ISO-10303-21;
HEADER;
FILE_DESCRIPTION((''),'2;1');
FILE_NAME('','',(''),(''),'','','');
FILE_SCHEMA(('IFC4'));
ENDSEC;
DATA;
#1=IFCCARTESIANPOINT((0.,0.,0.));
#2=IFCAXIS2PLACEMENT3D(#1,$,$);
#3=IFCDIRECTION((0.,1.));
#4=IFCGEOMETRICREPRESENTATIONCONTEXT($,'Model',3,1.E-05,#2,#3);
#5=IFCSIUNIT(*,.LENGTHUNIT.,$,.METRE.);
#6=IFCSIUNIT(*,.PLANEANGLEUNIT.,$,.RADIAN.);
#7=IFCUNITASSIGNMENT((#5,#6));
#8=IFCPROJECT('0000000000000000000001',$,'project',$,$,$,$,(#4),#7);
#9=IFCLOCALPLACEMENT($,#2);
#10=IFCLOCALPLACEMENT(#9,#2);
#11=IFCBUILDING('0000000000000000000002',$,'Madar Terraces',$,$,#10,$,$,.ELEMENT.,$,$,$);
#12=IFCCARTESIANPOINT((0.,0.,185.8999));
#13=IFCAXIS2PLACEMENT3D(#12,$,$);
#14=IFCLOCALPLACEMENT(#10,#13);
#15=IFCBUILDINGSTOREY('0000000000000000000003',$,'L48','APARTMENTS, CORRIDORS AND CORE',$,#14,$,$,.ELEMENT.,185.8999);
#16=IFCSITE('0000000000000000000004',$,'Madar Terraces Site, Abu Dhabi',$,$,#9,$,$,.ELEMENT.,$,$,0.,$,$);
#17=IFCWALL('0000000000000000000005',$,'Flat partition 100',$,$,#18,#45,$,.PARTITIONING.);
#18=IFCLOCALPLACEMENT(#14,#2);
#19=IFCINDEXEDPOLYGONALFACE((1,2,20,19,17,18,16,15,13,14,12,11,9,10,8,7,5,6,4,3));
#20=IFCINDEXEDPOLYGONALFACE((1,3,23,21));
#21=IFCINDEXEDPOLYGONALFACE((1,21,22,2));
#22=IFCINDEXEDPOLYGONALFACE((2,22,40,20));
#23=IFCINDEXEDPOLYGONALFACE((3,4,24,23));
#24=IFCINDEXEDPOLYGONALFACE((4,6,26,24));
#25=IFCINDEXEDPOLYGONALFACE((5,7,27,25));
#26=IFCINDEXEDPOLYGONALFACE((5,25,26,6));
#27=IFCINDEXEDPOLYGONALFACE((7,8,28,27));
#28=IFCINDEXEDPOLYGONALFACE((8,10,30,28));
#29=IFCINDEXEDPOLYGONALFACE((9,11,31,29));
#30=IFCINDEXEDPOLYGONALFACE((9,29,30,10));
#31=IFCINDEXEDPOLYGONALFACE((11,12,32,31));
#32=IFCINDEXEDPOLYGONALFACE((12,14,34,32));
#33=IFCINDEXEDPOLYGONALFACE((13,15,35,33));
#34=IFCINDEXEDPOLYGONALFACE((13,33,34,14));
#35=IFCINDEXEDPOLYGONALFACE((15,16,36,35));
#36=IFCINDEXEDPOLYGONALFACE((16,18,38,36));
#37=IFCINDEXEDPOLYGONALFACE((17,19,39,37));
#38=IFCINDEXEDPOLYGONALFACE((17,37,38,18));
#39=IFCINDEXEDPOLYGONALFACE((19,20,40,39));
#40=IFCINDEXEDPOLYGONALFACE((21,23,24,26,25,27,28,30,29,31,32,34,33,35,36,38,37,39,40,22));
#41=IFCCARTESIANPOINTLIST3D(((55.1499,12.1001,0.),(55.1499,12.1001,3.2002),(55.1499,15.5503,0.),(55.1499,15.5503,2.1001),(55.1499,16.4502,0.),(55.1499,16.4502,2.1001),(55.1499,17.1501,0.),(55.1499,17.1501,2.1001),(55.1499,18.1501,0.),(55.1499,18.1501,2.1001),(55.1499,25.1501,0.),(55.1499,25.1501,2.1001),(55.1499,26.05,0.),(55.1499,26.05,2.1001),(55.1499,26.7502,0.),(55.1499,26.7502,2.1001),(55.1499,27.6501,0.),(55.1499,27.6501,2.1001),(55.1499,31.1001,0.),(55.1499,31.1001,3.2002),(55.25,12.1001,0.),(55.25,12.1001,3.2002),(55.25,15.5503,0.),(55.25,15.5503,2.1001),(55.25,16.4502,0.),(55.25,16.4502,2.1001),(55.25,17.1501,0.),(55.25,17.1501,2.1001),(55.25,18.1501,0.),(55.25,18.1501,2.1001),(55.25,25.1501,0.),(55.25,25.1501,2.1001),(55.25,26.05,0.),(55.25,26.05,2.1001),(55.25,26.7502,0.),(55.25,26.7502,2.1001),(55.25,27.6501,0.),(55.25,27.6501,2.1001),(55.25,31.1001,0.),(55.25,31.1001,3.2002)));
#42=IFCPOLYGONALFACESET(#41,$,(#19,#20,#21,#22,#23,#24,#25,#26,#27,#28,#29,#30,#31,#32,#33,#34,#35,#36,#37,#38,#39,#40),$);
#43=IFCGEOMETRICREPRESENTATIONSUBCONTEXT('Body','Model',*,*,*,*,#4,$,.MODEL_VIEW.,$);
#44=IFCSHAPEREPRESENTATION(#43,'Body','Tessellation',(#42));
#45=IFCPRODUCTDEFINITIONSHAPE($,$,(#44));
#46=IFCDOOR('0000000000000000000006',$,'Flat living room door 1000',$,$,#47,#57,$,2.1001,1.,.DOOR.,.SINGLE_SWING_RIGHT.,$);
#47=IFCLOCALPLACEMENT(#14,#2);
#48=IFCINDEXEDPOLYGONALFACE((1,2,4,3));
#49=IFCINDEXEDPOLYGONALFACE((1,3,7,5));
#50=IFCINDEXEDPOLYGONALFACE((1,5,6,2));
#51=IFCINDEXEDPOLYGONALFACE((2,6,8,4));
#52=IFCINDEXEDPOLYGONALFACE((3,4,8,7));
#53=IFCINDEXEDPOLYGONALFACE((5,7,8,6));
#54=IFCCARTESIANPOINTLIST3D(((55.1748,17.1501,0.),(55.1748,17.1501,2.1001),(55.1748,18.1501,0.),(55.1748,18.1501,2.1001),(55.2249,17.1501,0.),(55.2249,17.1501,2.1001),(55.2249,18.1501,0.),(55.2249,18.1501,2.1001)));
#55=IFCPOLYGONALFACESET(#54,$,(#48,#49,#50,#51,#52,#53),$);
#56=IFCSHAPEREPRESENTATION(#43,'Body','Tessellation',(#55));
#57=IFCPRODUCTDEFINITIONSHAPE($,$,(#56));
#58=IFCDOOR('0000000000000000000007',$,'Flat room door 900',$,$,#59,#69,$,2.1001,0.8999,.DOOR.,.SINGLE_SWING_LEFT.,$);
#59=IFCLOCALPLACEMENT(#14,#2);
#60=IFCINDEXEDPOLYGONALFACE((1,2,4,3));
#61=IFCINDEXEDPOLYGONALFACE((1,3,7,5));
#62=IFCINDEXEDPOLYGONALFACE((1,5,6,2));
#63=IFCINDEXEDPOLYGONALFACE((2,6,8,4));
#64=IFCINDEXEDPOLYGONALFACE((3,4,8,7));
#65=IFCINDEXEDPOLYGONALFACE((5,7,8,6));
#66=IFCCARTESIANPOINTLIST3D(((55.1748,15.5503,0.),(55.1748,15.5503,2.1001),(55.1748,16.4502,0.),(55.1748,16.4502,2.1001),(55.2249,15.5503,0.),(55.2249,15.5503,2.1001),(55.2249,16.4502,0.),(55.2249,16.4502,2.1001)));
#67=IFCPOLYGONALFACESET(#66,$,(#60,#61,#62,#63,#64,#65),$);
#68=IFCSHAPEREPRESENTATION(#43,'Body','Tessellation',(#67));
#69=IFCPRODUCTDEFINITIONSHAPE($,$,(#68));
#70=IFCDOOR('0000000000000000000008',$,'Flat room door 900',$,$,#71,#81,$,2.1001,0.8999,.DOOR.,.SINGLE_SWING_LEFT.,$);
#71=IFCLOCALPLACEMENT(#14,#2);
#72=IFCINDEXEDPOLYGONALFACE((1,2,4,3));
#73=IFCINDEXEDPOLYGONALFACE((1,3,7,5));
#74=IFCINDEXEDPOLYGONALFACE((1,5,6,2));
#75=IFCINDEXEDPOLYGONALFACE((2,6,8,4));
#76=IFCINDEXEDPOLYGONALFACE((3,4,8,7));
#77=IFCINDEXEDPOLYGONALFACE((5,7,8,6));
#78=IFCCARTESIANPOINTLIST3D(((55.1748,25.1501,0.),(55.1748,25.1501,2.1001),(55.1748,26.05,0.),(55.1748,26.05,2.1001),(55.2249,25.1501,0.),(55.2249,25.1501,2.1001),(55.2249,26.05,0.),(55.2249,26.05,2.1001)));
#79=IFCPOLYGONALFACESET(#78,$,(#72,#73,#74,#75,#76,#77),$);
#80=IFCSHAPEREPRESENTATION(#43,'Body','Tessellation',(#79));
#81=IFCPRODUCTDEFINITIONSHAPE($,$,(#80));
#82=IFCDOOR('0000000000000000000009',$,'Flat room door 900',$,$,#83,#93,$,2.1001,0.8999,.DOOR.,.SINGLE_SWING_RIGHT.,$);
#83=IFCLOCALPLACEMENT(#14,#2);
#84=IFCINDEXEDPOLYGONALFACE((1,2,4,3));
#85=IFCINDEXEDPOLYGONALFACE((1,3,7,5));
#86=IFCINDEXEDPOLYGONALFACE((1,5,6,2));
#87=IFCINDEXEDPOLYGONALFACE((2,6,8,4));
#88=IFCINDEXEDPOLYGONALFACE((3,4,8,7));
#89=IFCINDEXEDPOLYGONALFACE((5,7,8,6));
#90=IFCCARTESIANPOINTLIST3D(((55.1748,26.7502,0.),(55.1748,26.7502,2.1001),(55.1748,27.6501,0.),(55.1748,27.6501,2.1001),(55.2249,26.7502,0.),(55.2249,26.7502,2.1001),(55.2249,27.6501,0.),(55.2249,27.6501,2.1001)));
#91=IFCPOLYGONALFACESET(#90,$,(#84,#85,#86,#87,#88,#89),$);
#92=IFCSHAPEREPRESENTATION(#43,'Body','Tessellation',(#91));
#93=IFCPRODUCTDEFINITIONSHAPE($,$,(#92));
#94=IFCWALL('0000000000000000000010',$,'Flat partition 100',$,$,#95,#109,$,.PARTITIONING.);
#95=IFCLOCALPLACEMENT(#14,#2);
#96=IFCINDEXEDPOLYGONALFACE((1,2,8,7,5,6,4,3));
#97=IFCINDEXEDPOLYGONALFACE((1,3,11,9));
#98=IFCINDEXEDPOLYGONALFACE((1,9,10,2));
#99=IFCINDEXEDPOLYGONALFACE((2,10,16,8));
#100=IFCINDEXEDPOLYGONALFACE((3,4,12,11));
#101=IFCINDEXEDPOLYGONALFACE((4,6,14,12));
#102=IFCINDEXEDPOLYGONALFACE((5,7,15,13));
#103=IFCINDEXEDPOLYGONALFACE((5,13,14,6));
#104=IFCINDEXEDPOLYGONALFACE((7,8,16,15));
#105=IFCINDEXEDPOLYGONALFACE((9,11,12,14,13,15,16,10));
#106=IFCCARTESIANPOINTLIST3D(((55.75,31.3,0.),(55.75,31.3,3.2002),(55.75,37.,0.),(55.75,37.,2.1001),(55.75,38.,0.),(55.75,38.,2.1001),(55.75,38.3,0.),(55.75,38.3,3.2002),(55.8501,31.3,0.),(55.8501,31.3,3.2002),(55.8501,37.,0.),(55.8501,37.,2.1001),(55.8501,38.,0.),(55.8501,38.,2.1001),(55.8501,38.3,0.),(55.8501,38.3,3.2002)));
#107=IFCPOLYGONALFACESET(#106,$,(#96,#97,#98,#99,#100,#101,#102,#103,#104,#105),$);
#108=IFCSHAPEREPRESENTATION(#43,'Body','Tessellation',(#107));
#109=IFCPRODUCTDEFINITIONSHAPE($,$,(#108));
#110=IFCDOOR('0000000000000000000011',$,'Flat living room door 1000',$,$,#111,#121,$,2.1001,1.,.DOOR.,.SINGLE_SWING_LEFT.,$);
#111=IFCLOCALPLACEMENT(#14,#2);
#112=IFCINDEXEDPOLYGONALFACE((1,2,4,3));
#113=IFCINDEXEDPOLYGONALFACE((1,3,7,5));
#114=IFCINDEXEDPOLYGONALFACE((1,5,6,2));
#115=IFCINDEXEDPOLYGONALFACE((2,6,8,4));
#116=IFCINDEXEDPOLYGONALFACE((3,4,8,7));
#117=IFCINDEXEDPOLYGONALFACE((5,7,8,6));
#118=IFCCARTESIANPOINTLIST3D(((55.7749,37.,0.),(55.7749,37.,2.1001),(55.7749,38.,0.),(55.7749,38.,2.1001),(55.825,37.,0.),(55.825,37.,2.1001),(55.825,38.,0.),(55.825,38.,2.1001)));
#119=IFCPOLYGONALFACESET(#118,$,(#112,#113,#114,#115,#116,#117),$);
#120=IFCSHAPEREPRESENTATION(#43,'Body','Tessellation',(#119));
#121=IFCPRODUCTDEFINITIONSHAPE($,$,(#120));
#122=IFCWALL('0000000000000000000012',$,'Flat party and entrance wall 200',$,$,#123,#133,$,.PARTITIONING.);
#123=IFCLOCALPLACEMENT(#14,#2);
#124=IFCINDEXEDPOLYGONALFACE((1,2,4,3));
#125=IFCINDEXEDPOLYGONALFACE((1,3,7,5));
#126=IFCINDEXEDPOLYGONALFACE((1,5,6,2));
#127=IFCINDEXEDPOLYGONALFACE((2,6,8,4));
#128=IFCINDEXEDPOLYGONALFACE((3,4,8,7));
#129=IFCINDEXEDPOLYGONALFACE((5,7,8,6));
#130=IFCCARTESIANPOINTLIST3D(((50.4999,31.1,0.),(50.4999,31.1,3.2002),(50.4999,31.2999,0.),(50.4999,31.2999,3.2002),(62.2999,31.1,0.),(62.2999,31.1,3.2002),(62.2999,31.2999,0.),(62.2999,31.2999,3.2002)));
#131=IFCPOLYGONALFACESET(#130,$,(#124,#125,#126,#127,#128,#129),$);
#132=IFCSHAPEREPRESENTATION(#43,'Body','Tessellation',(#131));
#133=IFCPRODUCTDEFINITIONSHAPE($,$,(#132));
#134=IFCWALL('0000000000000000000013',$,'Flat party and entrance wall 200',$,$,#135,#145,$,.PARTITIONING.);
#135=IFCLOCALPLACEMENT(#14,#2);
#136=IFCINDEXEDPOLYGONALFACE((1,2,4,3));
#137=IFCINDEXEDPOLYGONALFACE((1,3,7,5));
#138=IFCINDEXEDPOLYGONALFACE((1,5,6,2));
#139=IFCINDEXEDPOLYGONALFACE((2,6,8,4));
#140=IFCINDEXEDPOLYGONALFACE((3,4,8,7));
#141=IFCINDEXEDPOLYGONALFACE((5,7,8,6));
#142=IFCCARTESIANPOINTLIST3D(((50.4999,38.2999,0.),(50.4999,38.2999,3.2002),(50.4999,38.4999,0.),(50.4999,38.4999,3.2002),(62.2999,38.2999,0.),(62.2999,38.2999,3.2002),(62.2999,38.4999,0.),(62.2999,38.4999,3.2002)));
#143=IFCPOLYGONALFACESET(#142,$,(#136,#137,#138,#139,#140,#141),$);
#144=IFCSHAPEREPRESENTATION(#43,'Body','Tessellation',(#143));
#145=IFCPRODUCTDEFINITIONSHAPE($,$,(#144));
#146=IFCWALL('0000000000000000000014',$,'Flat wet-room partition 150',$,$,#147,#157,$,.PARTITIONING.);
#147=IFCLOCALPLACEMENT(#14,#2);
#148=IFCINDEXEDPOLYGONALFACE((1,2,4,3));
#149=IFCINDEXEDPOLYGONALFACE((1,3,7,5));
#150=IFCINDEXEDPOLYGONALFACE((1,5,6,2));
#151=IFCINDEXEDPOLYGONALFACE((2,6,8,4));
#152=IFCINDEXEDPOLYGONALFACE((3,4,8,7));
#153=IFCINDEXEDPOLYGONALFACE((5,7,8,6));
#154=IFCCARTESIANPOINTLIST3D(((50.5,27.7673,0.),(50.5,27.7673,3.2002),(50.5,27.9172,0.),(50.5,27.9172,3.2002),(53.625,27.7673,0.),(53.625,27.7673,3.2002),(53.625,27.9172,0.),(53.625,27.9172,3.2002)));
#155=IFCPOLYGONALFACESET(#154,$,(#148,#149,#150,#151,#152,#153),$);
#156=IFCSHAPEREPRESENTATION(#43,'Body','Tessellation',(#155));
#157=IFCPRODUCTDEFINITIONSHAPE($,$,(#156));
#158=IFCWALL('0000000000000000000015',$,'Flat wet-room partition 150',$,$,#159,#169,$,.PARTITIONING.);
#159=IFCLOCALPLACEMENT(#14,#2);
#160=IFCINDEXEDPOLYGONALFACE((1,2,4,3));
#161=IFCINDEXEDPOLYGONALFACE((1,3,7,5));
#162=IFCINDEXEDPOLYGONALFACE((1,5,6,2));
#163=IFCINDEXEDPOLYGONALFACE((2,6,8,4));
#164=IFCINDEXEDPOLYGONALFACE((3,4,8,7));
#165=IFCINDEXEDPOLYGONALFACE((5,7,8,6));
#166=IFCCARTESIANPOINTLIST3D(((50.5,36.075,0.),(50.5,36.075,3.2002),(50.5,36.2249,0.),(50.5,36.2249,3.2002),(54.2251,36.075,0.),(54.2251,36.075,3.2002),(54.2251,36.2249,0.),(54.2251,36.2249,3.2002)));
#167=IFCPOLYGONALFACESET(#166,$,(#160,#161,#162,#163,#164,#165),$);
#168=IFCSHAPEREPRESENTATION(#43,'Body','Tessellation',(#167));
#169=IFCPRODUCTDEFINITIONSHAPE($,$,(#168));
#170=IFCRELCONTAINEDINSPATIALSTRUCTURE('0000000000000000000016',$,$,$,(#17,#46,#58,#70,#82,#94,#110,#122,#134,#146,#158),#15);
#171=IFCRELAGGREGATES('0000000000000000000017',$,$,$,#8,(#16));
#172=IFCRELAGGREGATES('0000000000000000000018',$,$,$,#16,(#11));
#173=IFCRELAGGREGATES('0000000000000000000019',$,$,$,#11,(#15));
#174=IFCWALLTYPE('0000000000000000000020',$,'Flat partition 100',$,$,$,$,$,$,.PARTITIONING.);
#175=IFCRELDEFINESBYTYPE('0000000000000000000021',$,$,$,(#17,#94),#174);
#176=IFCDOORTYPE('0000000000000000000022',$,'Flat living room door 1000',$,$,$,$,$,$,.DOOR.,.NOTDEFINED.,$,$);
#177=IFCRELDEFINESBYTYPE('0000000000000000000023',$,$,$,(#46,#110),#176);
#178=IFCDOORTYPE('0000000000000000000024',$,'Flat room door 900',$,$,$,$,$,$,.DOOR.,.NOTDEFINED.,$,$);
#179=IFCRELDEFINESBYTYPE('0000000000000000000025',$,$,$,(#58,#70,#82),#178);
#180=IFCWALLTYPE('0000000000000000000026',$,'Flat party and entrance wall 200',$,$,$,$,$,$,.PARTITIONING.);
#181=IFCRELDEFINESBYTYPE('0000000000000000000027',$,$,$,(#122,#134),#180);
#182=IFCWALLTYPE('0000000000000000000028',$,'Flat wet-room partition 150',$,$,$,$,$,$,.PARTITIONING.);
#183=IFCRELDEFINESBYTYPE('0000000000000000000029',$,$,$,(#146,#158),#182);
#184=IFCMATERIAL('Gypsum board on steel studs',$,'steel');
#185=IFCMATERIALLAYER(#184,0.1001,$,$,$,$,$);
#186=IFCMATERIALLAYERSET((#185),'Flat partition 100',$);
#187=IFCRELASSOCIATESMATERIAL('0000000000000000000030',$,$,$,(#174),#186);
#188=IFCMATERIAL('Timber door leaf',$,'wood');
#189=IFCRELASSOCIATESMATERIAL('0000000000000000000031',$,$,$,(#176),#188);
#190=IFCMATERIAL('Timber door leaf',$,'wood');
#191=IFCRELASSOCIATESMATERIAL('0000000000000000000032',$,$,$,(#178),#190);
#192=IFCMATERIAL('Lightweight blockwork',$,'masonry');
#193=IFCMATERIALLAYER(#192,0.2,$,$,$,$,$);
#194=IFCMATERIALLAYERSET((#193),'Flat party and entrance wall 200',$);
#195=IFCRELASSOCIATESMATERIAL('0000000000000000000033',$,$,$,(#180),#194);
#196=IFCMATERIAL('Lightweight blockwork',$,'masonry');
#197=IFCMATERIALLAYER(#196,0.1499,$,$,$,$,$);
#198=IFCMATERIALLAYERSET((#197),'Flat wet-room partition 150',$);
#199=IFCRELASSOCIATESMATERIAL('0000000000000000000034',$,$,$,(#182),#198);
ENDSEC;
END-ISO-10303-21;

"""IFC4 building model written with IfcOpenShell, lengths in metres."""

from ifc_helpers import new_model, si_unit, direction, frame, frame_2d, origin, place, context, subcontext, project, spatial, rectangle, extrude, material, layer, layer_set, type_object, element, fill, save


model = new_model("IFC4")

# Units and contexts
model_context = context("Model", 3, precision=1e-05, world=origin(), true_north=direction((0.0, 1.0)))
body_context = subcontext(model_context, "Body", "Model", "MODEL_VIEW")
ifc_project = project(units=[si_unit("LENGTHUNIT", "METRE"), si_unit("PLANEANGLEUNIT", "RADIAN")], contexts=[model_context])

# Site, building, storey
site_placement = place(None, origin())
site = spatial("IfcSite", under=ifc_project, at=site_placement, Name="Madar Terraces Site, Abu Dhabi", CompositionType="ELEMENT", RefElevation=0.0)
building_placement = place(site_placement, origin())
building = spatial("IfcBuilding", under=site, at=building_placement, Name="Madar Terraces", CompositionType="ELEMENT")
storey_placement = place(building_placement, frame((0.0, 0.0, 185.8999)))
storey = spatial("IfcBuildingStorey", under=building, at=storey_placement, Name="L48", Description="APARTMENTS, CORRIDORS AND CORE", CompositionType="ELEMENT", Elevation=185.8999)

# Shared definitions
ifc_material_1 = material(Name="Gypsum board on steel studs", Category="steel")
ifc_layer_1 = layer(ifc_material_1, 0.1001)
ifc_layer_set_1 = layer_set([ifc_layer_1], Name="Flat partition 100")
wall_type_1 = type_object("IfcWallType", Name="Flat partition 100", PredefinedType="PARTITIONING", material=ifc_layer_set_1)

# Wall, openings, doors
wall_1_placement = place(storey_placement, frame((55.2, 31.1001, 0.0), z_axis=(0.0, 0.0, 1.0), x_axis=(0.0, -1.0, 0.0)))
wall_1 = element("IfcWall", 1, at=wall_1_placement, inside=storey, type_object=wall_type_1, Name="Flat partition 100", PredefinedType="PARTITIONING", context=body_context, shape_type="SweptSolid", body=[
    extrude(rectangle(XDim=19.0, YDim=0.1001, at=frame_2d((9.5, 0.0))), origin(), (0.0, 0.0, 1.0), 3.2002),
])
opening_1_placement = place(wall_1_placement, frame((14.6499, 0.0, 0.0)))
opening_1 = element("IfcOpeningElement", 2, at=opening_1_placement, cuts=wall_1, PredefinedType="OPENING", context=body_context, shape_type="SweptSolid", body=[
    extrude(rectangle(XDim=0.8999, YDim=2.1001, at=frame_2d((0.45, 1.05))), frame((0.0, 0.0601, 0.0), z_axis=(0.0, -1.0, 0.0), x_axis=(1.0, 0.0, 0.0)), (0.0, 0.0, 1.0), 0.1201),
])
opening_2_placement = place(wall_1_placement, frame((12.95, 0.0, 0.0)))
opening_2 = element("IfcOpeningElement", 3, at=opening_2_placement, cuts=wall_1, PredefinedType="OPENING", context=body_context, shape_type="SweptSolid", body=[
    extrude(rectangle(XDim=1.0, YDim=2.1001, at=frame_2d((0.5, 1.05))), frame((0.0, 0.0601, 0.0), z_axis=(0.0, -1.0, 0.0), x_axis=(1.0, 0.0, 0.0)), (0.0, 0.0, 1.0), 0.1201),
])
opening_3_placement = place(wall_1_placement, frame((5.05, 0.0, 0.0)))
opening_3 = element("IfcOpeningElement", 4, at=opening_3_placement, cuts=wall_1, PredefinedType="OPENING", context=body_context, shape_type="SweptSolid", body=[
    extrude(rectangle(XDim=0.8999, YDim=2.1001, at=frame_2d((0.45, 1.05))), frame((0.0, 0.0601, 0.0), z_axis=(0.0, -1.0, 0.0), x_axis=(1.0, 0.0, 0.0)), (0.0, 0.0, 1.0), 0.1201),
])
opening_4_placement = place(wall_1_placement, frame((3.45, 0.0, 0.0)))
opening_4 = element("IfcOpeningElement", 5, at=opening_4_placement, cuts=wall_1, PredefinedType="OPENING", context=body_context, shape_type="SweptSolid", body=[
    extrude(rectangle(XDim=0.8999, YDim=2.1001, at=frame_2d((0.45, 1.05))), frame((0.0, 0.0601, 0.0), z_axis=(0.0, -1.0, 0.0), x_axis=(1.0, 0.0, 0.0)), (0.0, 0.0, 1.0), 0.1201),
])
ifc_material_2 = material(Name="Timber door leaf", Category="wood")
door_type_1 = type_object("IfcDoorType", Name="Flat living room door 1000", OperationType="NOTDEFINED", PredefinedType="DOOR", material=ifc_material_2)
door_1_placement = place(opening_2_placement, origin())
door_1 = element("IfcDoor", 6, at=door_1_placement, inside=storey, type_object=door_type_1, Name="Flat living room door 1000", OperationType="SINGLE_SWING_RIGHT", OverallHeight=2.1001, OverallWidth=1.0, PredefinedType="DOOR", context=body_context, shape_type="SweptSolid", body=[
    extrude(rectangle(XDim=1.0, YDim=2.1001, at=frame_2d((0.5, 1.05))), frame((0.0, 0.0249, 0.0), z_axis=(0.0, -1.0, 0.0), x_axis=(1.0, 0.0, 0.0)), (0.0, 0.0, 1.0), 0.05),
])
fill(opening_2, door_1)
ifc_material_3 = material(Name="Timber door leaf", Category="wood")
door_type_2 = type_object("IfcDoorType", Name="Flat room door 900", OperationType="NOTDEFINED", PredefinedType="DOOR", material=ifc_material_3)
door_2_placement = place(opening_1_placement, origin())
door_2 = element("IfcDoor", 7, at=door_2_placement, inside=storey, type_object=door_type_2, Name="Flat room door 900", OperationType="SINGLE_SWING_LEFT", OverallHeight=2.1001, OverallWidth=0.8999, PredefinedType="DOOR", context=body_context, shape_type="SweptSolid", body=[
    extrude(rectangle(XDim=0.8999, YDim=2.1001, at=frame_2d((0.45, 1.05))), frame((0.0, 0.0249, 0.0), z_axis=(0.0, -1.0, 0.0), x_axis=(1.0, 0.0, 0.0)), (0.0, 0.0, 1.0), 0.05),
])
fill(opening_1, door_2)
door_3_placement = place(opening_3_placement, origin())
door_3 = element("IfcDoor", 8, at=door_3_placement, inside=storey, type_object=door_type_2, Name="Flat room door 900", OperationType="SINGLE_SWING_LEFT", OverallHeight=2.1001, OverallWidth=0.8999, PredefinedType="DOOR", context=body_context, shape_type="SweptSolid", body=[
    extrude(rectangle(XDim=0.8999, YDim=2.1001, at=frame_2d((0.45, 1.05))), frame((0.0, 0.0249, 0.0), z_axis=(0.0, -1.0, 0.0), x_axis=(1.0, 0.0, 0.0)), (0.0, 0.0, 1.0), 0.05),
])
fill(opening_3, door_3)
door_4_placement = place(opening_4_placement, origin())
door_4 = element("IfcDoor", 9, at=door_4_placement, inside=storey, type_object=door_type_2, Name="Flat room door 900", OperationType="SINGLE_SWING_RIGHT", OverallHeight=2.1001, OverallWidth=0.8999, PredefinedType="DOOR", context=body_context, shape_type="SweptSolid", body=[
    extrude(rectangle(XDim=0.8999, YDim=2.1001, at=frame_2d((0.45, 1.05))), frame((0.0, 0.0249, 0.0), z_axis=(0.0, -1.0, 0.0), x_axis=(1.0, 0.0, 0.0)), (0.0, 0.0, 1.0), 0.05),
])
fill(opening_4, door_4)

# Wall, opening, door
wall_2_placement = place(storey_placement, frame((55.8, 38.3, 0.0), z_axis=(0.0, 0.0, 1.0), x_axis=(0.0, -1.0, 0.0)))
wall_2 = element("IfcWall", 10, at=wall_2_placement, inside=storey, type_object=wall_type_1, Name="Flat partition 100", PredefinedType="PARTITIONING", context=body_context, shape_type="SweptSolid", body=[
    extrude(rectangle(XDim=7.0, YDim=0.1001, at=frame_2d((3.5, 0.0))), origin(), (0.0, 0.0, 1.0), 3.2002),
])
opening_5_placement = place(wall_2_placement, frame((0.3, 0.0, 0.0)))
opening_5 = element("IfcOpeningElement", 11, at=opening_5_placement, cuts=wall_2, PredefinedType="OPENING", context=body_context, shape_type="SweptSolid", body=[
    extrude(rectangle(XDim=1.0, YDim=2.1001, at=frame_2d((0.5, 1.05))), frame((0.0, 0.0601, 0.0), z_axis=(0.0, -1.0, 0.0), x_axis=(1.0, 0.0, 0.0)), (0.0, 0.0, 1.0), 0.1201),
])
door_5_placement = place(opening_5_placement, origin())
door_5 = element("IfcDoor", 12, at=door_5_placement, inside=storey, type_object=door_type_1, Name="Flat living room door 1000", OperationType="SINGLE_SWING_LEFT", OverallHeight=2.1001, OverallWidth=1.0, PredefinedType="DOOR", context=body_context, shape_type="SweptSolid", body=[
    extrude(rectangle(XDim=1.0, YDim=2.1001, at=frame_2d((0.5, 1.05))), frame((0.0, 0.0249, 0.0), z_axis=(0.0, -1.0, 0.0), x_axis=(1.0, 0.0, 0.0)), (0.0, 0.0, 1.0), 0.05),
])
fill(opening_5, door_5)

# Walls
ifc_material_4 = material(Name="Lightweight blockwork", Category="masonry")
ifc_layer_2 = layer(ifc_material_4, 0.2)
ifc_layer_set_2 = layer_set([ifc_layer_2], Name="Flat party and entrance wall 200")
wall_type_2 = type_object("IfcWallType", Name="Flat party and entrance wall 200", PredefinedType="PARTITIONING", material=ifc_layer_set_2)
for number, where, z_axis, x_axis, name in (
    (13, (50.5, 31.2, 0.0), (0.0, 0.0, 1.0), (1.0, 0.0, 0.0), "Flat party and entrance wall 200"),
    (14, (50.5, 38.3999, 0.0), (0.0, 0.0, 1.0), (1.0, 0.0, 0.0), "Flat party and entrance wall 200"),
):
    element("IfcWall", number, at=place(storey_placement, frame(where, z_axis=z_axis, x_axis=x_axis)), inside=storey, type_object=wall_type_2, Name=name, PredefinedType="PARTITIONING", context=body_context, shape_type="SweptSolid", body=[
        extrude(rectangle(XDim=11.8, YDim=0.2, at=frame_2d((5.8999, 0.0))), origin(), (0.0, 0.0, 1.0), 3.2002),
    ])
ifc_material_5 = material(Name="Lightweight blockwork", Category="masonry")
ifc_layer_3 = layer(ifc_material_5, 0.1499)
ifc_layer_set_3 = layer_set([ifc_layer_3], Name="Flat wet-room partition 150")
wall_type_3 = type_object("IfcWallType", Name="Flat wet-room partition 150", PredefinedType="PARTITIONING", material=ifc_layer_set_3)
wall_3_placement = place(storey_placement, frame((50.5, 27.8423, 0.0), z_axis=(0.0, 0.0, 1.0), x_axis=(1.0, 0.0, 0.0)))
element("IfcWall", 15, at=wall_3_placement, inside=storey, type_object=wall_type_3, Name="Flat wet-room partition 150", PredefinedType="PARTITIONING", context=body_context, shape_type="SweptSolid", body=[
    extrude(rectangle(XDim=3.125, YDim=0.1499, at=frame_2d((1.5625, 0.0))), origin(), (0.0, 0.0, 1.0), 3.2002),
])
wall_4_placement = place(storey_placement, frame((50.5, 36.1499, 0.0), z_axis=(0.0, 0.0, 1.0), x_axis=(1.0, 0.0, 0.0)))
element("IfcWall", 16, at=wall_4_placement, inside=storey, type_object=wall_type_3, Name="Flat wet-room partition 150", PredefinedType="PARTITIONING", context=body_context, shape_type="SweptSolid", body=[
    extrude(rectangle(XDim=3.7251, YDim=0.1499, at=frame_2d((1.8625, 0.0))), origin(), (0.0, 0.0, 1.0), 3.2002),
])

save(model, "model.ifc")
